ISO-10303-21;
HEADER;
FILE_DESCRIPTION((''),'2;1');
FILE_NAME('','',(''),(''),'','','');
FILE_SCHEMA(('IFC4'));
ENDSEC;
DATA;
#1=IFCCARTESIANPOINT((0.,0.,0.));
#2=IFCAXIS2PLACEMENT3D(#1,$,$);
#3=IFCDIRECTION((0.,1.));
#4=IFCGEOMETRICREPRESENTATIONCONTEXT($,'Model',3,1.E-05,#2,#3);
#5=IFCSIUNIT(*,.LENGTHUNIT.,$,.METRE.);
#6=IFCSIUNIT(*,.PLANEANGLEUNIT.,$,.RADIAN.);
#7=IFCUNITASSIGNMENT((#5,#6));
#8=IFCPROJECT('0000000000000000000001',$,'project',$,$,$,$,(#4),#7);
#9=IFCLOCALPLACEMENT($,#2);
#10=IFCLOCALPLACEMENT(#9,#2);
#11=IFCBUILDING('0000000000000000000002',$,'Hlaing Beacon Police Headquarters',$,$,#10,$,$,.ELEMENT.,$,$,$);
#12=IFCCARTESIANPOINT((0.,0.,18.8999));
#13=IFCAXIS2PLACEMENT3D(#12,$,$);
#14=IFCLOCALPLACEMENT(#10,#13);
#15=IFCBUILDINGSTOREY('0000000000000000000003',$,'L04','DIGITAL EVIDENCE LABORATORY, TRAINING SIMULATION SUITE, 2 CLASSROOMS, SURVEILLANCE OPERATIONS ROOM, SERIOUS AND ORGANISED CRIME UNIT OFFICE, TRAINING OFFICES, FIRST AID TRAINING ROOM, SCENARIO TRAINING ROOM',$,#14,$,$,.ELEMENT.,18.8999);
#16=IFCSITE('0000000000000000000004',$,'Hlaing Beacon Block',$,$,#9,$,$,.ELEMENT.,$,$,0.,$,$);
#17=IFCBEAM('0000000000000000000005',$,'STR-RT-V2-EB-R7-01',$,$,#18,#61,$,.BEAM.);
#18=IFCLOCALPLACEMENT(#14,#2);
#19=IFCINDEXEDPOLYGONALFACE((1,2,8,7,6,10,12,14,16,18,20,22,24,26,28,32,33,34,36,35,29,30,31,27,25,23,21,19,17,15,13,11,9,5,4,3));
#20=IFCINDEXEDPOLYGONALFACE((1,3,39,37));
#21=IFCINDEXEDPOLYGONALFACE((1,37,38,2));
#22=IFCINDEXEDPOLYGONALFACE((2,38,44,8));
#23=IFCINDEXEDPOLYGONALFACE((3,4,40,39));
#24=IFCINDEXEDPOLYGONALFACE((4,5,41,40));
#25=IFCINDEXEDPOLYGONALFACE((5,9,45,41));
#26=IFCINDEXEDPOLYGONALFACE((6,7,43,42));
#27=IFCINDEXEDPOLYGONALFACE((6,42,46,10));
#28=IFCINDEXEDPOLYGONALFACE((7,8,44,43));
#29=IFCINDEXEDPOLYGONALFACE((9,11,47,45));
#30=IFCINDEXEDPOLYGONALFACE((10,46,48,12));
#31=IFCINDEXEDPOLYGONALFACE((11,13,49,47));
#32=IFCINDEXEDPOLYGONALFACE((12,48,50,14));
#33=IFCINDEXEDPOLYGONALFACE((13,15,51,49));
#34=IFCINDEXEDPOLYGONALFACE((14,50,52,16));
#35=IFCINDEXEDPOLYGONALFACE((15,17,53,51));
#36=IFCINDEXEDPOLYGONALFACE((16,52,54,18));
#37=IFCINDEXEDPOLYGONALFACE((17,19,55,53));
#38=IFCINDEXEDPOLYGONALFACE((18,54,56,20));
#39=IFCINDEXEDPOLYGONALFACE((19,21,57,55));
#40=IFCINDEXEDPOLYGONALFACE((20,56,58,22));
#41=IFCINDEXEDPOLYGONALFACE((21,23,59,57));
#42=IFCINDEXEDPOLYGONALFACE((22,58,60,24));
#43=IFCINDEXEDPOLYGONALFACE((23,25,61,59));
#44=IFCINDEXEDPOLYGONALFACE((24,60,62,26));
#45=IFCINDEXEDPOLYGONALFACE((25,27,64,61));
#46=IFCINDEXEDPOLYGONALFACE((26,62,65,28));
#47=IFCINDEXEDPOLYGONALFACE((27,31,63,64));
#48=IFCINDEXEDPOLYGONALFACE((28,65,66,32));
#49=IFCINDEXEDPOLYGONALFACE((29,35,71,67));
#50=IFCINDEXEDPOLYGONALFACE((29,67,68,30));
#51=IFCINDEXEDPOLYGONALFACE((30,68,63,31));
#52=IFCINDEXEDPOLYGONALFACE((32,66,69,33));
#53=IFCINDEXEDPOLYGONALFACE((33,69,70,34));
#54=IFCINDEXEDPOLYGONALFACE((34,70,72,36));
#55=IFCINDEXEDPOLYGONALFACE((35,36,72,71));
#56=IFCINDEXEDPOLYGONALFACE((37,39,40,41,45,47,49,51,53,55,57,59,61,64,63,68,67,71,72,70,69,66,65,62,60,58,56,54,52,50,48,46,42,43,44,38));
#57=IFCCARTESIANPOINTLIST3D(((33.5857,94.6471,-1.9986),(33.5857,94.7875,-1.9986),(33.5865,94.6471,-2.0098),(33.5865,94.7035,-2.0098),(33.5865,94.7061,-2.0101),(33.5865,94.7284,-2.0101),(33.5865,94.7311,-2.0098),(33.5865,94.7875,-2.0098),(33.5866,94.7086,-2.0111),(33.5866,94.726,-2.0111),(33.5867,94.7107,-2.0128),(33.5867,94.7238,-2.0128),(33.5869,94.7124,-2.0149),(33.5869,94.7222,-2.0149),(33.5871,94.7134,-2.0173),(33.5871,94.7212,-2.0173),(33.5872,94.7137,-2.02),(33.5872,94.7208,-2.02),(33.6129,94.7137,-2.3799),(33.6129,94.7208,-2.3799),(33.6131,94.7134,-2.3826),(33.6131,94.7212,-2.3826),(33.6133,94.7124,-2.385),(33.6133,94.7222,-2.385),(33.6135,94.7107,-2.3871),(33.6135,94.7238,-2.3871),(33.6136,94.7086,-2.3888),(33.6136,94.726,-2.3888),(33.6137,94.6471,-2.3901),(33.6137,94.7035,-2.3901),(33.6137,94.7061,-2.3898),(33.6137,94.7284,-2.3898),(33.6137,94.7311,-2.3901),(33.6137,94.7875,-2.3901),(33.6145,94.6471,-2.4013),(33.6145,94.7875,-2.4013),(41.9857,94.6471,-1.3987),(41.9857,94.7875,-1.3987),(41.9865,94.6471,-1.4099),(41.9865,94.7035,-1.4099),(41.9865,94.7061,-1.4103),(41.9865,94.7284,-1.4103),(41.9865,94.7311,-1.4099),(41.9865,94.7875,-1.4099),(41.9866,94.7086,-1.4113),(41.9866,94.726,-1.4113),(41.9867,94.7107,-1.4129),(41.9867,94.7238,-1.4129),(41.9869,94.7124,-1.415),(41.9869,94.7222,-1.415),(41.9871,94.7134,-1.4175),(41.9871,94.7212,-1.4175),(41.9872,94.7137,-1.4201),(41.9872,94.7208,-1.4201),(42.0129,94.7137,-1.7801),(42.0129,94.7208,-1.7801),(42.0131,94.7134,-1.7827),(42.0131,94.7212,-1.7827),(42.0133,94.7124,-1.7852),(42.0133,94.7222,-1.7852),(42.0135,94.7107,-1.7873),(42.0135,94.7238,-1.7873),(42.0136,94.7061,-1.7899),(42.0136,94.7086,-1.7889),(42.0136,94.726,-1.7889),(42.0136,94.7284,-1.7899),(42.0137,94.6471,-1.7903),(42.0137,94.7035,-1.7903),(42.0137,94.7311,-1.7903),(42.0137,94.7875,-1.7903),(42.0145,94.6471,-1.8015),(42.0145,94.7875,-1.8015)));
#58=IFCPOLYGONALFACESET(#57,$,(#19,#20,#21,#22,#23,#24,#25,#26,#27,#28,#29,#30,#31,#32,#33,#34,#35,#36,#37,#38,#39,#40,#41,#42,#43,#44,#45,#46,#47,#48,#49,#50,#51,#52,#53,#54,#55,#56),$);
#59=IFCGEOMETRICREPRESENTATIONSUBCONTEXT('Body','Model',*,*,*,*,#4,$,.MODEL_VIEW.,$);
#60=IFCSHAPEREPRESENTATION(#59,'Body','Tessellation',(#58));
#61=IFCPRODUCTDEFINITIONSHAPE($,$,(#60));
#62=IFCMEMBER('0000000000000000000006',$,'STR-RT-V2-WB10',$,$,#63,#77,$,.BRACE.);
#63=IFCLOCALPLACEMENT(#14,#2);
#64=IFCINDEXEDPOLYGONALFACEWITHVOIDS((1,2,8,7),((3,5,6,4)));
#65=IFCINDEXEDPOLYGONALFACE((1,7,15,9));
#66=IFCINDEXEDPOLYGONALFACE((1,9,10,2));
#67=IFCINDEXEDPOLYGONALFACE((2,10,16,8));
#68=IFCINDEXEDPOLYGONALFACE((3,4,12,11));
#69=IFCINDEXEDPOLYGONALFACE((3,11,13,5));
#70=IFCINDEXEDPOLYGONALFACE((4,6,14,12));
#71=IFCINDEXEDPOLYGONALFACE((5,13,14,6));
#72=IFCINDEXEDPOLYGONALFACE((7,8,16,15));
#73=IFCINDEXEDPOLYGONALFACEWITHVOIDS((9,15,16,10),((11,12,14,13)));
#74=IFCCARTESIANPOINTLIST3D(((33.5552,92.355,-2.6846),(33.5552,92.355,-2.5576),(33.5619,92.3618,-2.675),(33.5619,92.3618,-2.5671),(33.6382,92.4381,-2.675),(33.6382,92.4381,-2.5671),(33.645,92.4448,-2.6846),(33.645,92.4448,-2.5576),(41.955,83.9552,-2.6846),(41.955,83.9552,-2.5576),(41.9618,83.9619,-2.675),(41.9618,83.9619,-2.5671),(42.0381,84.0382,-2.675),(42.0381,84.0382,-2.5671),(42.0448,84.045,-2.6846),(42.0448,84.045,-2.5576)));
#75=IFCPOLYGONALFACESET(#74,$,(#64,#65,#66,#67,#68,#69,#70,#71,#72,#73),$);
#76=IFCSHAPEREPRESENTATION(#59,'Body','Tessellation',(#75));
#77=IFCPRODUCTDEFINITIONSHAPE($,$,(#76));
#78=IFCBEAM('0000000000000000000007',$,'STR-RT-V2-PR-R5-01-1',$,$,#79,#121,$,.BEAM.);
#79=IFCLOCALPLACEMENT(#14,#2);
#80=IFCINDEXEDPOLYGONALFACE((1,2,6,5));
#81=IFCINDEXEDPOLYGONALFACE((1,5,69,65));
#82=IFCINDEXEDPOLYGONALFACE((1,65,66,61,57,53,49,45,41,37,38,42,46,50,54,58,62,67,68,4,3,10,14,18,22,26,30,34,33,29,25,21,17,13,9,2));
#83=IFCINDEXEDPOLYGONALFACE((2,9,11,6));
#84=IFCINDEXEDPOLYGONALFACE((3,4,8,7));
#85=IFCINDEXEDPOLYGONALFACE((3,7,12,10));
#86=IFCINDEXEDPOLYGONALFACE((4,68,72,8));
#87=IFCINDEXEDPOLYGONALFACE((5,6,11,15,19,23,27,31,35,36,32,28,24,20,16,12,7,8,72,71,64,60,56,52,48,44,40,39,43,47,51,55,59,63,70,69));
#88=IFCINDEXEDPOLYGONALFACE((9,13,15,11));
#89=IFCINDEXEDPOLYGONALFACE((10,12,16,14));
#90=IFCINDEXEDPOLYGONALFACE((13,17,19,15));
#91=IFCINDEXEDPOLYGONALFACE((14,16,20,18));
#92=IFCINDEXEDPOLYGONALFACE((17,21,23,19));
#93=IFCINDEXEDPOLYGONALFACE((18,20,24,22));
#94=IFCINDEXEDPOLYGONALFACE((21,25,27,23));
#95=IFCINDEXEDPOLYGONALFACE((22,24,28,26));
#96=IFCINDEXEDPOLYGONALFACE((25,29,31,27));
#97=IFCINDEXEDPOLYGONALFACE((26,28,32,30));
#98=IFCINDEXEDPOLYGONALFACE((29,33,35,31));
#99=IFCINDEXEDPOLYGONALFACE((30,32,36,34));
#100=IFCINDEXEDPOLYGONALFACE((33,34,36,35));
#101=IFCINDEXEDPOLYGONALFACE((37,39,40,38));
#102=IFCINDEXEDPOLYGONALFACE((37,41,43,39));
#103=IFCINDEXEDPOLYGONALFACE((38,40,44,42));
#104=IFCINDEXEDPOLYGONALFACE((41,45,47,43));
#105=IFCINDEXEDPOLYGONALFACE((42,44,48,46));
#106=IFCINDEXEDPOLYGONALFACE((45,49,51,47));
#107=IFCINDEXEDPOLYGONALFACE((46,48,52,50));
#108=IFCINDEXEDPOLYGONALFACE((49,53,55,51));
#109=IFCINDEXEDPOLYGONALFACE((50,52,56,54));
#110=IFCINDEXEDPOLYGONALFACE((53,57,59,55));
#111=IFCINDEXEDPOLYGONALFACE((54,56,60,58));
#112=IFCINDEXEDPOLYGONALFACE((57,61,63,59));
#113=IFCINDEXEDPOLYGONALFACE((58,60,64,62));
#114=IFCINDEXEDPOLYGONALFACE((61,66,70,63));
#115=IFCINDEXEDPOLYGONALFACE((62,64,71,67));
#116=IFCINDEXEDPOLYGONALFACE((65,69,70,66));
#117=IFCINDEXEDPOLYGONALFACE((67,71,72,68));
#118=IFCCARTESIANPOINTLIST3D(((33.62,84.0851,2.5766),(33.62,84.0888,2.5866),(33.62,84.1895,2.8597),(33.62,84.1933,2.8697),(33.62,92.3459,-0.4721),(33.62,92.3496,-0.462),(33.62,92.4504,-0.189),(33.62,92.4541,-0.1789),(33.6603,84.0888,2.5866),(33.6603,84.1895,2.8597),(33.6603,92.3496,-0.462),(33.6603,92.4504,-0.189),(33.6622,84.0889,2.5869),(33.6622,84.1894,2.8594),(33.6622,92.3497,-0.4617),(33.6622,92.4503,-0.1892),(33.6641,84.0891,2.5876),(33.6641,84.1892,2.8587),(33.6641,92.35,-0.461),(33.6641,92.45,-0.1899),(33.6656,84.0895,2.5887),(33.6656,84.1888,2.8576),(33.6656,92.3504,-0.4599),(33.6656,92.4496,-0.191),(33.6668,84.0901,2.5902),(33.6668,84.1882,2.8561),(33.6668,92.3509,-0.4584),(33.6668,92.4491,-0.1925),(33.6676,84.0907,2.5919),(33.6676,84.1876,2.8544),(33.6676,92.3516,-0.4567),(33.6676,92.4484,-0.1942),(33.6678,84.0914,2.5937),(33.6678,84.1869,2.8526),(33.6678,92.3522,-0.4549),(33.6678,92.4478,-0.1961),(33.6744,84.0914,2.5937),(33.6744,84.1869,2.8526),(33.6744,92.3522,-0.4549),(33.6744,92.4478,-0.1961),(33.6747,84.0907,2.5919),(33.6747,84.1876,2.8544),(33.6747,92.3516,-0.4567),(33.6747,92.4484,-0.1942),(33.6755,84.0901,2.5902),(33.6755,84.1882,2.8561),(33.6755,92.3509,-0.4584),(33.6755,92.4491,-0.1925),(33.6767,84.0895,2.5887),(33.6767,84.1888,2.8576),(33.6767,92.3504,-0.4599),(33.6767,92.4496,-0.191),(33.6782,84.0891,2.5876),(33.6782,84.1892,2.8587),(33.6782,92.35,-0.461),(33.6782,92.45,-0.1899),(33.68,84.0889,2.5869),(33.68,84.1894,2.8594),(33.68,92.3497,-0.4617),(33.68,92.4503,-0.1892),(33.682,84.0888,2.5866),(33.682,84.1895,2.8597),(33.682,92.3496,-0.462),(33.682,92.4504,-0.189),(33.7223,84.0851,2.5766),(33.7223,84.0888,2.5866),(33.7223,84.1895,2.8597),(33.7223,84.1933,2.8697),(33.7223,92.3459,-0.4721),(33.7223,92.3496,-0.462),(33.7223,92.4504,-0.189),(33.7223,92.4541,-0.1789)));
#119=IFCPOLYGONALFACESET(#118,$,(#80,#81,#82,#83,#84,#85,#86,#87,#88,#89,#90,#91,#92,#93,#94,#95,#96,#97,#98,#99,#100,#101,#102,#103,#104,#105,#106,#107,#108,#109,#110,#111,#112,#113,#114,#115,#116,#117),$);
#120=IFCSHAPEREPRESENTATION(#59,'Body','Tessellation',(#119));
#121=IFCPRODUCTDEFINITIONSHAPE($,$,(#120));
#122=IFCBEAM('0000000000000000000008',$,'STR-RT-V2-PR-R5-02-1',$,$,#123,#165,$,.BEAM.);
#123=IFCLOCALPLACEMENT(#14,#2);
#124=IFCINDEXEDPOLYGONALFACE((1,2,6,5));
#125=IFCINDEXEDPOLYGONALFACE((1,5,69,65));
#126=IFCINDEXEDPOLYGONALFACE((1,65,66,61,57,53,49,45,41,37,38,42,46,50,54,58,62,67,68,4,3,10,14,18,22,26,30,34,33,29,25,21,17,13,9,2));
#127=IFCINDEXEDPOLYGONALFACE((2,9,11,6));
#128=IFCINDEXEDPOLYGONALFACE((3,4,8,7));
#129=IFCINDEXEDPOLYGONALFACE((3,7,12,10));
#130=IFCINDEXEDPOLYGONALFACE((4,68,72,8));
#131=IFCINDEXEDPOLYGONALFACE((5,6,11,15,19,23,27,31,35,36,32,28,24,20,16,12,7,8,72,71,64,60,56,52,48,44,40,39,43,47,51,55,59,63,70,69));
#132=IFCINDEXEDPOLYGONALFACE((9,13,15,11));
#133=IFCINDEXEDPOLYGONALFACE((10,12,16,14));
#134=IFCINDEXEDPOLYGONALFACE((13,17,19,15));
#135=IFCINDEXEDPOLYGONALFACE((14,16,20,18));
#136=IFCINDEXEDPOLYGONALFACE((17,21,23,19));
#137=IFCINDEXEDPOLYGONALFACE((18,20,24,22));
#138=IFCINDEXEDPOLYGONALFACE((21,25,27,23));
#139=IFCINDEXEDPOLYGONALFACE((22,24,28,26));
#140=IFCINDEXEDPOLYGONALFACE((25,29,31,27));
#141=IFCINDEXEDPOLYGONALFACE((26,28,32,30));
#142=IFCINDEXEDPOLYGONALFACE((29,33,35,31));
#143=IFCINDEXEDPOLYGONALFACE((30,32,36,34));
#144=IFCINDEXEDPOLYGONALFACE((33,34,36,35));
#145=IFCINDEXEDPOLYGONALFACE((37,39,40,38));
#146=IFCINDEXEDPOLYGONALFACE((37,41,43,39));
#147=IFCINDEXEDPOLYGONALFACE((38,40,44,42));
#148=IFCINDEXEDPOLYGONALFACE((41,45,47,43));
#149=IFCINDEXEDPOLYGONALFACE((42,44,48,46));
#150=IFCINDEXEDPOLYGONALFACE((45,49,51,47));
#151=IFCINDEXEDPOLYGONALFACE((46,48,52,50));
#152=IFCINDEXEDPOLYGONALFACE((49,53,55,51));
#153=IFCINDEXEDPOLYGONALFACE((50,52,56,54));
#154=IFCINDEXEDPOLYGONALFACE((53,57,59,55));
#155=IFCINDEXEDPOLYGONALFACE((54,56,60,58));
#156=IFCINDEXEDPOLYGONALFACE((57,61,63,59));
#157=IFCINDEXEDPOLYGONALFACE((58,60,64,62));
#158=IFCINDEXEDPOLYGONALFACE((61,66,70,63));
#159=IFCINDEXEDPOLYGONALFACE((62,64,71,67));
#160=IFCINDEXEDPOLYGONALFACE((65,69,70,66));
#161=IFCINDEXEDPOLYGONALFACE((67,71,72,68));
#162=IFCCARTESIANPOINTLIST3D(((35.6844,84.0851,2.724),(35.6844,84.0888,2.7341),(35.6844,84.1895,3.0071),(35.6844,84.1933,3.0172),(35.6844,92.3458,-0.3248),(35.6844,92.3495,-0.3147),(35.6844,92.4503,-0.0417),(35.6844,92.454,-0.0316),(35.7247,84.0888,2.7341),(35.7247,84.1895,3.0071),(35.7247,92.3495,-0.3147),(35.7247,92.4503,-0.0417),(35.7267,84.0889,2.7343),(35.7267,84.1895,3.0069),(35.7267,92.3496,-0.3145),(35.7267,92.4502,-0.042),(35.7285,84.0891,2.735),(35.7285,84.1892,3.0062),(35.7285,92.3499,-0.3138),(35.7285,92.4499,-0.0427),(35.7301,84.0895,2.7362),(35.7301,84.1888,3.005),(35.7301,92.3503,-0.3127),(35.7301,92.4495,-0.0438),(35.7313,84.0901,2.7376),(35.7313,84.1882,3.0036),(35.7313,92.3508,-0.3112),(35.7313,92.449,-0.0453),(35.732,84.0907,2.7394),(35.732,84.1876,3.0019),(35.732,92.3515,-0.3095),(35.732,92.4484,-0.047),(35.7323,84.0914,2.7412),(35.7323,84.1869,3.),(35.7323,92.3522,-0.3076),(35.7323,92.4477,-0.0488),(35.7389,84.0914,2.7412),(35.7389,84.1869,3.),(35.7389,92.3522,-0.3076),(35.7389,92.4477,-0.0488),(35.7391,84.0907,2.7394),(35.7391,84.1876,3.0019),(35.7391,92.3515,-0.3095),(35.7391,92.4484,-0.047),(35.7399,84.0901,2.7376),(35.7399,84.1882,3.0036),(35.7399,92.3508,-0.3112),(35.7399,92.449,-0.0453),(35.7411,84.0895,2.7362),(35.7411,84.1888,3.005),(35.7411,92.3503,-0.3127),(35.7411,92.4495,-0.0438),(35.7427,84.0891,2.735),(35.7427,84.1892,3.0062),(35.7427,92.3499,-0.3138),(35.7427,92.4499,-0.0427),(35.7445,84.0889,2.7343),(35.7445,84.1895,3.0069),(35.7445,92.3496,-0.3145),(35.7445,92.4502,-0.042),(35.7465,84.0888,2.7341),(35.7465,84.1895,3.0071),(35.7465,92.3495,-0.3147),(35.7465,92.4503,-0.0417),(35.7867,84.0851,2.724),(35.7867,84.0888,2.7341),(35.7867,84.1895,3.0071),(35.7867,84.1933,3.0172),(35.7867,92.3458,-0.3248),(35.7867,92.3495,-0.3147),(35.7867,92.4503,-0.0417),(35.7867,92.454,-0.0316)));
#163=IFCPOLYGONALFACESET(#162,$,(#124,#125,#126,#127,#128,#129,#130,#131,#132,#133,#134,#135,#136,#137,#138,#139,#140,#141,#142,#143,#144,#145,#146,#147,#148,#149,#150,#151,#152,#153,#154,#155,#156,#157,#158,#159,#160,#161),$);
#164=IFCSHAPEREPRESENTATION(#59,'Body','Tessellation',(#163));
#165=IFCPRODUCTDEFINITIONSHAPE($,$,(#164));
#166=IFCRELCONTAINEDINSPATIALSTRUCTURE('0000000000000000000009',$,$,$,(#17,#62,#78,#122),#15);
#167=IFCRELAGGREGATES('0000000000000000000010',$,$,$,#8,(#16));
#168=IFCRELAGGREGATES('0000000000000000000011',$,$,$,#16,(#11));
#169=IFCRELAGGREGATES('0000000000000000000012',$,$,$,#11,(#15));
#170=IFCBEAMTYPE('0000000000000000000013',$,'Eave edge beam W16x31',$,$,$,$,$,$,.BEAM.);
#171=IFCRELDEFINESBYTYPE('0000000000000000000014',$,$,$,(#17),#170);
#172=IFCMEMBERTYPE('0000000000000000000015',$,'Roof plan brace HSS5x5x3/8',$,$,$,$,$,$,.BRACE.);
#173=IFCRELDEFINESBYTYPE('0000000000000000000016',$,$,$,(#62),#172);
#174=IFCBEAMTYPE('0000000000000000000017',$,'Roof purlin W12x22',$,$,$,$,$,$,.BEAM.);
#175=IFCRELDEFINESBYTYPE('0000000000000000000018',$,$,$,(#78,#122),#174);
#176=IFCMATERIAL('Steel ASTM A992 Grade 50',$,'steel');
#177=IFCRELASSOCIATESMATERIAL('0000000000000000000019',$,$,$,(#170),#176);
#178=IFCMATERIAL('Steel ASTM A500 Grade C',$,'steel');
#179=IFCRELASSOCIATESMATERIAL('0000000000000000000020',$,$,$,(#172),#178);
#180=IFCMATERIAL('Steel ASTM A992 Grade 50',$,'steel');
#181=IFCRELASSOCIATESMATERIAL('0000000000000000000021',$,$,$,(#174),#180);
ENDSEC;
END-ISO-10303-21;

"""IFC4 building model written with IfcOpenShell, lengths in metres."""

from ifc_helpers import new_model, si_unit, direction, frame, origin, origin_2d, place, context, subcontext, project, spatial, hollow_rectangle, i_section, extrude, material, material_profile, profile_set, type_object, element, save


model = new_model("IFC4")

# Units and contexts
model_context = context("Model", 3, precision=1e-05, world=origin(), true_north=direction((0.0, 1.0)))
body_context = subcontext(model_context, "Body", "Model", "MODEL_VIEW")
ifc_project = project(units=[si_unit("LENGTHUNIT", "METRE"), si_unit("PLANEANGLEUNIT", "RADIAN")], contexts=[model_context])

# Site, building, storey
site_placement = place(None, origin())
site = spatial("IfcSite", under=ifc_project, at=site_placement, Name="Hlaing Beacon Block", CompositionType="ELEMENT", RefElevation=0.0)
building_placement = place(site_placement, origin())
building = spatial("IfcBuilding", under=site, at=building_placement, Name="Hlaing Beacon Police Headquarters", CompositionType="ELEMENT")
storey_placement = place(building_placement, frame((0.0, 0.0, 18.8999)))
storey = spatial("IfcBuildingStorey", under=building, at=storey_placement, Name="L04", Description="DIGITAL EVIDENCE LABORATORY, TRAINING SIMULATION SUITE, 2 CLASSROOMS, SURVEILLANCE OPERATIONS ROOM, SERIOUS AND ORGANISED CRIME UNIT OFFICE, TRAINING OFFICES, FIRST AID TRAINING ROOM, SCENARIO TRAINING ROOM", CompositionType="ELEMENT", Elevation=18.8999)

# Beam
ifc_material_1 = material(Name="Steel ASTM A992 Grade 50", Category="steel")
ifc_material_profile_1 = material_profile(ifc_material_1, i_section(OverallWidth=0.1404, OverallDepth=0.4038, WebThickness=0.0071, FlangeThickness=0.0112, FilletRadius=0.0103, at=origin_2d()), Name="W16x31")
ifc_profile_set_1 = profile_set([ifc_material_profile_1], Name="Steel ASTM A992 Grade 50")
beam_type_1 = type_object("IfcBeamType", Name="Eave edge beam W16x31", PredefinedType="BEAM", material=ifc_profile_set_1)
beam_1_placement = place(storey_placement, frame((33.6001, 94.7173, -2.2), z_axis=(0.99746, 0.0, 0.071231), x_axis=(0.0, 1.0, 0.0)))
element("IfcBeam", 1, at=beam_1_placement, inside=storey, type_object=beam_type_1, Name="STR-RT-V2-EB-R7-01", PredefinedType="BEAM", context=body_context, shape_type="SweptSolid", body=[
    extrude(i_section(OverallWidth=0.1404, OverallDepth=0.4038, WebThickness=0.0071, FlangeThickness=0.0112, FilletRadius=0.0103, at=origin_2d()), origin(), (0.0, 0.0, 1.0), 8.4214),
])

# Member
ifc_material_2 = material(Name="Steel ASTM A500 Grade C", Category="steel")
ifc_material_profile_2 = material_profile(ifc_material_2, hollow_rectangle(XDim=0.127, YDim=0.127, WallThickness=0.0095, at=origin_2d()), Name="HSS5x5x3/8")
ifc_profile_set_2 = profile_set([ifc_material_profile_2], Name="Steel ASTM A500 Grade C")
member_type_1 = type_object("IfcMemberType", Name="Roof plan brace HSS5x5x3/8", PredefinedType="BRACE", material=ifc_profile_set_2)
member_1_placement = place(storey_placement, frame((33.6001, 92.3999, -2.6211), z_axis=(0.707107, -0.707107, 0.0), x_axis=(0.707107, 0.707107, 0.0)))
element("IfcMember", 2, at=member_1_placement, inside=storey, type_object=member_type_1, Name="STR-RT-V2-WB10", PredefinedType="BRACE", context=body_context, shape_type="SweptSolid", body=[
    extrude(hollow_rectangle(XDim=0.127, YDim=0.127, WallThickness=0.0095, at=origin_2d()), origin(), (0.0, 0.0, 1.0), 11.8792),
])

# Beams
ifc_material_3 = material(Name="Steel ASTM A992 Grade 50", Category="steel")
ifc_material_profile_3 = material_profile(ifc_material_3, i_section(OverallWidth=0.1023, OverallDepth=0.3125, WebThickness=0.0066, FlangeThickness=0.0107, FilletRadius=0.0076, at=origin_2d()), Name="W12x22")
ifc_profile_set_3 = profile_set([ifc_material_profile_3], Name="Steel ASTM A992 Grade 50")
beam_type_2 = type_object("IfcBeamType", Name="Roof purlin W12x22", PredefinedType="BEAM", material=ifc_profile_set_3)
for number, where, z_axis, x_axis, name in (
    (3, (33.6711, 84.1392, 2.7231), (0.0, 0.938153, -0.346221), (-1.0, 0.0, 0.0), "STR-RT-V2-PR-R5-01-1"),
    (4, (35.7356, 84.1392, 2.8706), (0.0, 0.938144, -0.346245), (-1.0, 0.0, 0.0), "STR-RT-V2-PR-R5-02-1"),
):
    element("IfcBeam", number, at=place(storey_placement, frame(where, z_axis=z_axis, x_axis=x_axis)), inside=storey, type_object=beam_type_2, Name=name, PredefinedType="BEAM", context=body_context, shape_type="SweptSolid", body=[
        extrude(i_section(OverallWidth=0.1023, OverallDepth=0.3125, WebThickness=0.0066, FlangeThickness=0.0107, FilletRadius=0.0076, at=origin_2d()), origin(), (0.0, 0.0, 1.0), 8.8054),
    ])

save(model, "model.ifc")
